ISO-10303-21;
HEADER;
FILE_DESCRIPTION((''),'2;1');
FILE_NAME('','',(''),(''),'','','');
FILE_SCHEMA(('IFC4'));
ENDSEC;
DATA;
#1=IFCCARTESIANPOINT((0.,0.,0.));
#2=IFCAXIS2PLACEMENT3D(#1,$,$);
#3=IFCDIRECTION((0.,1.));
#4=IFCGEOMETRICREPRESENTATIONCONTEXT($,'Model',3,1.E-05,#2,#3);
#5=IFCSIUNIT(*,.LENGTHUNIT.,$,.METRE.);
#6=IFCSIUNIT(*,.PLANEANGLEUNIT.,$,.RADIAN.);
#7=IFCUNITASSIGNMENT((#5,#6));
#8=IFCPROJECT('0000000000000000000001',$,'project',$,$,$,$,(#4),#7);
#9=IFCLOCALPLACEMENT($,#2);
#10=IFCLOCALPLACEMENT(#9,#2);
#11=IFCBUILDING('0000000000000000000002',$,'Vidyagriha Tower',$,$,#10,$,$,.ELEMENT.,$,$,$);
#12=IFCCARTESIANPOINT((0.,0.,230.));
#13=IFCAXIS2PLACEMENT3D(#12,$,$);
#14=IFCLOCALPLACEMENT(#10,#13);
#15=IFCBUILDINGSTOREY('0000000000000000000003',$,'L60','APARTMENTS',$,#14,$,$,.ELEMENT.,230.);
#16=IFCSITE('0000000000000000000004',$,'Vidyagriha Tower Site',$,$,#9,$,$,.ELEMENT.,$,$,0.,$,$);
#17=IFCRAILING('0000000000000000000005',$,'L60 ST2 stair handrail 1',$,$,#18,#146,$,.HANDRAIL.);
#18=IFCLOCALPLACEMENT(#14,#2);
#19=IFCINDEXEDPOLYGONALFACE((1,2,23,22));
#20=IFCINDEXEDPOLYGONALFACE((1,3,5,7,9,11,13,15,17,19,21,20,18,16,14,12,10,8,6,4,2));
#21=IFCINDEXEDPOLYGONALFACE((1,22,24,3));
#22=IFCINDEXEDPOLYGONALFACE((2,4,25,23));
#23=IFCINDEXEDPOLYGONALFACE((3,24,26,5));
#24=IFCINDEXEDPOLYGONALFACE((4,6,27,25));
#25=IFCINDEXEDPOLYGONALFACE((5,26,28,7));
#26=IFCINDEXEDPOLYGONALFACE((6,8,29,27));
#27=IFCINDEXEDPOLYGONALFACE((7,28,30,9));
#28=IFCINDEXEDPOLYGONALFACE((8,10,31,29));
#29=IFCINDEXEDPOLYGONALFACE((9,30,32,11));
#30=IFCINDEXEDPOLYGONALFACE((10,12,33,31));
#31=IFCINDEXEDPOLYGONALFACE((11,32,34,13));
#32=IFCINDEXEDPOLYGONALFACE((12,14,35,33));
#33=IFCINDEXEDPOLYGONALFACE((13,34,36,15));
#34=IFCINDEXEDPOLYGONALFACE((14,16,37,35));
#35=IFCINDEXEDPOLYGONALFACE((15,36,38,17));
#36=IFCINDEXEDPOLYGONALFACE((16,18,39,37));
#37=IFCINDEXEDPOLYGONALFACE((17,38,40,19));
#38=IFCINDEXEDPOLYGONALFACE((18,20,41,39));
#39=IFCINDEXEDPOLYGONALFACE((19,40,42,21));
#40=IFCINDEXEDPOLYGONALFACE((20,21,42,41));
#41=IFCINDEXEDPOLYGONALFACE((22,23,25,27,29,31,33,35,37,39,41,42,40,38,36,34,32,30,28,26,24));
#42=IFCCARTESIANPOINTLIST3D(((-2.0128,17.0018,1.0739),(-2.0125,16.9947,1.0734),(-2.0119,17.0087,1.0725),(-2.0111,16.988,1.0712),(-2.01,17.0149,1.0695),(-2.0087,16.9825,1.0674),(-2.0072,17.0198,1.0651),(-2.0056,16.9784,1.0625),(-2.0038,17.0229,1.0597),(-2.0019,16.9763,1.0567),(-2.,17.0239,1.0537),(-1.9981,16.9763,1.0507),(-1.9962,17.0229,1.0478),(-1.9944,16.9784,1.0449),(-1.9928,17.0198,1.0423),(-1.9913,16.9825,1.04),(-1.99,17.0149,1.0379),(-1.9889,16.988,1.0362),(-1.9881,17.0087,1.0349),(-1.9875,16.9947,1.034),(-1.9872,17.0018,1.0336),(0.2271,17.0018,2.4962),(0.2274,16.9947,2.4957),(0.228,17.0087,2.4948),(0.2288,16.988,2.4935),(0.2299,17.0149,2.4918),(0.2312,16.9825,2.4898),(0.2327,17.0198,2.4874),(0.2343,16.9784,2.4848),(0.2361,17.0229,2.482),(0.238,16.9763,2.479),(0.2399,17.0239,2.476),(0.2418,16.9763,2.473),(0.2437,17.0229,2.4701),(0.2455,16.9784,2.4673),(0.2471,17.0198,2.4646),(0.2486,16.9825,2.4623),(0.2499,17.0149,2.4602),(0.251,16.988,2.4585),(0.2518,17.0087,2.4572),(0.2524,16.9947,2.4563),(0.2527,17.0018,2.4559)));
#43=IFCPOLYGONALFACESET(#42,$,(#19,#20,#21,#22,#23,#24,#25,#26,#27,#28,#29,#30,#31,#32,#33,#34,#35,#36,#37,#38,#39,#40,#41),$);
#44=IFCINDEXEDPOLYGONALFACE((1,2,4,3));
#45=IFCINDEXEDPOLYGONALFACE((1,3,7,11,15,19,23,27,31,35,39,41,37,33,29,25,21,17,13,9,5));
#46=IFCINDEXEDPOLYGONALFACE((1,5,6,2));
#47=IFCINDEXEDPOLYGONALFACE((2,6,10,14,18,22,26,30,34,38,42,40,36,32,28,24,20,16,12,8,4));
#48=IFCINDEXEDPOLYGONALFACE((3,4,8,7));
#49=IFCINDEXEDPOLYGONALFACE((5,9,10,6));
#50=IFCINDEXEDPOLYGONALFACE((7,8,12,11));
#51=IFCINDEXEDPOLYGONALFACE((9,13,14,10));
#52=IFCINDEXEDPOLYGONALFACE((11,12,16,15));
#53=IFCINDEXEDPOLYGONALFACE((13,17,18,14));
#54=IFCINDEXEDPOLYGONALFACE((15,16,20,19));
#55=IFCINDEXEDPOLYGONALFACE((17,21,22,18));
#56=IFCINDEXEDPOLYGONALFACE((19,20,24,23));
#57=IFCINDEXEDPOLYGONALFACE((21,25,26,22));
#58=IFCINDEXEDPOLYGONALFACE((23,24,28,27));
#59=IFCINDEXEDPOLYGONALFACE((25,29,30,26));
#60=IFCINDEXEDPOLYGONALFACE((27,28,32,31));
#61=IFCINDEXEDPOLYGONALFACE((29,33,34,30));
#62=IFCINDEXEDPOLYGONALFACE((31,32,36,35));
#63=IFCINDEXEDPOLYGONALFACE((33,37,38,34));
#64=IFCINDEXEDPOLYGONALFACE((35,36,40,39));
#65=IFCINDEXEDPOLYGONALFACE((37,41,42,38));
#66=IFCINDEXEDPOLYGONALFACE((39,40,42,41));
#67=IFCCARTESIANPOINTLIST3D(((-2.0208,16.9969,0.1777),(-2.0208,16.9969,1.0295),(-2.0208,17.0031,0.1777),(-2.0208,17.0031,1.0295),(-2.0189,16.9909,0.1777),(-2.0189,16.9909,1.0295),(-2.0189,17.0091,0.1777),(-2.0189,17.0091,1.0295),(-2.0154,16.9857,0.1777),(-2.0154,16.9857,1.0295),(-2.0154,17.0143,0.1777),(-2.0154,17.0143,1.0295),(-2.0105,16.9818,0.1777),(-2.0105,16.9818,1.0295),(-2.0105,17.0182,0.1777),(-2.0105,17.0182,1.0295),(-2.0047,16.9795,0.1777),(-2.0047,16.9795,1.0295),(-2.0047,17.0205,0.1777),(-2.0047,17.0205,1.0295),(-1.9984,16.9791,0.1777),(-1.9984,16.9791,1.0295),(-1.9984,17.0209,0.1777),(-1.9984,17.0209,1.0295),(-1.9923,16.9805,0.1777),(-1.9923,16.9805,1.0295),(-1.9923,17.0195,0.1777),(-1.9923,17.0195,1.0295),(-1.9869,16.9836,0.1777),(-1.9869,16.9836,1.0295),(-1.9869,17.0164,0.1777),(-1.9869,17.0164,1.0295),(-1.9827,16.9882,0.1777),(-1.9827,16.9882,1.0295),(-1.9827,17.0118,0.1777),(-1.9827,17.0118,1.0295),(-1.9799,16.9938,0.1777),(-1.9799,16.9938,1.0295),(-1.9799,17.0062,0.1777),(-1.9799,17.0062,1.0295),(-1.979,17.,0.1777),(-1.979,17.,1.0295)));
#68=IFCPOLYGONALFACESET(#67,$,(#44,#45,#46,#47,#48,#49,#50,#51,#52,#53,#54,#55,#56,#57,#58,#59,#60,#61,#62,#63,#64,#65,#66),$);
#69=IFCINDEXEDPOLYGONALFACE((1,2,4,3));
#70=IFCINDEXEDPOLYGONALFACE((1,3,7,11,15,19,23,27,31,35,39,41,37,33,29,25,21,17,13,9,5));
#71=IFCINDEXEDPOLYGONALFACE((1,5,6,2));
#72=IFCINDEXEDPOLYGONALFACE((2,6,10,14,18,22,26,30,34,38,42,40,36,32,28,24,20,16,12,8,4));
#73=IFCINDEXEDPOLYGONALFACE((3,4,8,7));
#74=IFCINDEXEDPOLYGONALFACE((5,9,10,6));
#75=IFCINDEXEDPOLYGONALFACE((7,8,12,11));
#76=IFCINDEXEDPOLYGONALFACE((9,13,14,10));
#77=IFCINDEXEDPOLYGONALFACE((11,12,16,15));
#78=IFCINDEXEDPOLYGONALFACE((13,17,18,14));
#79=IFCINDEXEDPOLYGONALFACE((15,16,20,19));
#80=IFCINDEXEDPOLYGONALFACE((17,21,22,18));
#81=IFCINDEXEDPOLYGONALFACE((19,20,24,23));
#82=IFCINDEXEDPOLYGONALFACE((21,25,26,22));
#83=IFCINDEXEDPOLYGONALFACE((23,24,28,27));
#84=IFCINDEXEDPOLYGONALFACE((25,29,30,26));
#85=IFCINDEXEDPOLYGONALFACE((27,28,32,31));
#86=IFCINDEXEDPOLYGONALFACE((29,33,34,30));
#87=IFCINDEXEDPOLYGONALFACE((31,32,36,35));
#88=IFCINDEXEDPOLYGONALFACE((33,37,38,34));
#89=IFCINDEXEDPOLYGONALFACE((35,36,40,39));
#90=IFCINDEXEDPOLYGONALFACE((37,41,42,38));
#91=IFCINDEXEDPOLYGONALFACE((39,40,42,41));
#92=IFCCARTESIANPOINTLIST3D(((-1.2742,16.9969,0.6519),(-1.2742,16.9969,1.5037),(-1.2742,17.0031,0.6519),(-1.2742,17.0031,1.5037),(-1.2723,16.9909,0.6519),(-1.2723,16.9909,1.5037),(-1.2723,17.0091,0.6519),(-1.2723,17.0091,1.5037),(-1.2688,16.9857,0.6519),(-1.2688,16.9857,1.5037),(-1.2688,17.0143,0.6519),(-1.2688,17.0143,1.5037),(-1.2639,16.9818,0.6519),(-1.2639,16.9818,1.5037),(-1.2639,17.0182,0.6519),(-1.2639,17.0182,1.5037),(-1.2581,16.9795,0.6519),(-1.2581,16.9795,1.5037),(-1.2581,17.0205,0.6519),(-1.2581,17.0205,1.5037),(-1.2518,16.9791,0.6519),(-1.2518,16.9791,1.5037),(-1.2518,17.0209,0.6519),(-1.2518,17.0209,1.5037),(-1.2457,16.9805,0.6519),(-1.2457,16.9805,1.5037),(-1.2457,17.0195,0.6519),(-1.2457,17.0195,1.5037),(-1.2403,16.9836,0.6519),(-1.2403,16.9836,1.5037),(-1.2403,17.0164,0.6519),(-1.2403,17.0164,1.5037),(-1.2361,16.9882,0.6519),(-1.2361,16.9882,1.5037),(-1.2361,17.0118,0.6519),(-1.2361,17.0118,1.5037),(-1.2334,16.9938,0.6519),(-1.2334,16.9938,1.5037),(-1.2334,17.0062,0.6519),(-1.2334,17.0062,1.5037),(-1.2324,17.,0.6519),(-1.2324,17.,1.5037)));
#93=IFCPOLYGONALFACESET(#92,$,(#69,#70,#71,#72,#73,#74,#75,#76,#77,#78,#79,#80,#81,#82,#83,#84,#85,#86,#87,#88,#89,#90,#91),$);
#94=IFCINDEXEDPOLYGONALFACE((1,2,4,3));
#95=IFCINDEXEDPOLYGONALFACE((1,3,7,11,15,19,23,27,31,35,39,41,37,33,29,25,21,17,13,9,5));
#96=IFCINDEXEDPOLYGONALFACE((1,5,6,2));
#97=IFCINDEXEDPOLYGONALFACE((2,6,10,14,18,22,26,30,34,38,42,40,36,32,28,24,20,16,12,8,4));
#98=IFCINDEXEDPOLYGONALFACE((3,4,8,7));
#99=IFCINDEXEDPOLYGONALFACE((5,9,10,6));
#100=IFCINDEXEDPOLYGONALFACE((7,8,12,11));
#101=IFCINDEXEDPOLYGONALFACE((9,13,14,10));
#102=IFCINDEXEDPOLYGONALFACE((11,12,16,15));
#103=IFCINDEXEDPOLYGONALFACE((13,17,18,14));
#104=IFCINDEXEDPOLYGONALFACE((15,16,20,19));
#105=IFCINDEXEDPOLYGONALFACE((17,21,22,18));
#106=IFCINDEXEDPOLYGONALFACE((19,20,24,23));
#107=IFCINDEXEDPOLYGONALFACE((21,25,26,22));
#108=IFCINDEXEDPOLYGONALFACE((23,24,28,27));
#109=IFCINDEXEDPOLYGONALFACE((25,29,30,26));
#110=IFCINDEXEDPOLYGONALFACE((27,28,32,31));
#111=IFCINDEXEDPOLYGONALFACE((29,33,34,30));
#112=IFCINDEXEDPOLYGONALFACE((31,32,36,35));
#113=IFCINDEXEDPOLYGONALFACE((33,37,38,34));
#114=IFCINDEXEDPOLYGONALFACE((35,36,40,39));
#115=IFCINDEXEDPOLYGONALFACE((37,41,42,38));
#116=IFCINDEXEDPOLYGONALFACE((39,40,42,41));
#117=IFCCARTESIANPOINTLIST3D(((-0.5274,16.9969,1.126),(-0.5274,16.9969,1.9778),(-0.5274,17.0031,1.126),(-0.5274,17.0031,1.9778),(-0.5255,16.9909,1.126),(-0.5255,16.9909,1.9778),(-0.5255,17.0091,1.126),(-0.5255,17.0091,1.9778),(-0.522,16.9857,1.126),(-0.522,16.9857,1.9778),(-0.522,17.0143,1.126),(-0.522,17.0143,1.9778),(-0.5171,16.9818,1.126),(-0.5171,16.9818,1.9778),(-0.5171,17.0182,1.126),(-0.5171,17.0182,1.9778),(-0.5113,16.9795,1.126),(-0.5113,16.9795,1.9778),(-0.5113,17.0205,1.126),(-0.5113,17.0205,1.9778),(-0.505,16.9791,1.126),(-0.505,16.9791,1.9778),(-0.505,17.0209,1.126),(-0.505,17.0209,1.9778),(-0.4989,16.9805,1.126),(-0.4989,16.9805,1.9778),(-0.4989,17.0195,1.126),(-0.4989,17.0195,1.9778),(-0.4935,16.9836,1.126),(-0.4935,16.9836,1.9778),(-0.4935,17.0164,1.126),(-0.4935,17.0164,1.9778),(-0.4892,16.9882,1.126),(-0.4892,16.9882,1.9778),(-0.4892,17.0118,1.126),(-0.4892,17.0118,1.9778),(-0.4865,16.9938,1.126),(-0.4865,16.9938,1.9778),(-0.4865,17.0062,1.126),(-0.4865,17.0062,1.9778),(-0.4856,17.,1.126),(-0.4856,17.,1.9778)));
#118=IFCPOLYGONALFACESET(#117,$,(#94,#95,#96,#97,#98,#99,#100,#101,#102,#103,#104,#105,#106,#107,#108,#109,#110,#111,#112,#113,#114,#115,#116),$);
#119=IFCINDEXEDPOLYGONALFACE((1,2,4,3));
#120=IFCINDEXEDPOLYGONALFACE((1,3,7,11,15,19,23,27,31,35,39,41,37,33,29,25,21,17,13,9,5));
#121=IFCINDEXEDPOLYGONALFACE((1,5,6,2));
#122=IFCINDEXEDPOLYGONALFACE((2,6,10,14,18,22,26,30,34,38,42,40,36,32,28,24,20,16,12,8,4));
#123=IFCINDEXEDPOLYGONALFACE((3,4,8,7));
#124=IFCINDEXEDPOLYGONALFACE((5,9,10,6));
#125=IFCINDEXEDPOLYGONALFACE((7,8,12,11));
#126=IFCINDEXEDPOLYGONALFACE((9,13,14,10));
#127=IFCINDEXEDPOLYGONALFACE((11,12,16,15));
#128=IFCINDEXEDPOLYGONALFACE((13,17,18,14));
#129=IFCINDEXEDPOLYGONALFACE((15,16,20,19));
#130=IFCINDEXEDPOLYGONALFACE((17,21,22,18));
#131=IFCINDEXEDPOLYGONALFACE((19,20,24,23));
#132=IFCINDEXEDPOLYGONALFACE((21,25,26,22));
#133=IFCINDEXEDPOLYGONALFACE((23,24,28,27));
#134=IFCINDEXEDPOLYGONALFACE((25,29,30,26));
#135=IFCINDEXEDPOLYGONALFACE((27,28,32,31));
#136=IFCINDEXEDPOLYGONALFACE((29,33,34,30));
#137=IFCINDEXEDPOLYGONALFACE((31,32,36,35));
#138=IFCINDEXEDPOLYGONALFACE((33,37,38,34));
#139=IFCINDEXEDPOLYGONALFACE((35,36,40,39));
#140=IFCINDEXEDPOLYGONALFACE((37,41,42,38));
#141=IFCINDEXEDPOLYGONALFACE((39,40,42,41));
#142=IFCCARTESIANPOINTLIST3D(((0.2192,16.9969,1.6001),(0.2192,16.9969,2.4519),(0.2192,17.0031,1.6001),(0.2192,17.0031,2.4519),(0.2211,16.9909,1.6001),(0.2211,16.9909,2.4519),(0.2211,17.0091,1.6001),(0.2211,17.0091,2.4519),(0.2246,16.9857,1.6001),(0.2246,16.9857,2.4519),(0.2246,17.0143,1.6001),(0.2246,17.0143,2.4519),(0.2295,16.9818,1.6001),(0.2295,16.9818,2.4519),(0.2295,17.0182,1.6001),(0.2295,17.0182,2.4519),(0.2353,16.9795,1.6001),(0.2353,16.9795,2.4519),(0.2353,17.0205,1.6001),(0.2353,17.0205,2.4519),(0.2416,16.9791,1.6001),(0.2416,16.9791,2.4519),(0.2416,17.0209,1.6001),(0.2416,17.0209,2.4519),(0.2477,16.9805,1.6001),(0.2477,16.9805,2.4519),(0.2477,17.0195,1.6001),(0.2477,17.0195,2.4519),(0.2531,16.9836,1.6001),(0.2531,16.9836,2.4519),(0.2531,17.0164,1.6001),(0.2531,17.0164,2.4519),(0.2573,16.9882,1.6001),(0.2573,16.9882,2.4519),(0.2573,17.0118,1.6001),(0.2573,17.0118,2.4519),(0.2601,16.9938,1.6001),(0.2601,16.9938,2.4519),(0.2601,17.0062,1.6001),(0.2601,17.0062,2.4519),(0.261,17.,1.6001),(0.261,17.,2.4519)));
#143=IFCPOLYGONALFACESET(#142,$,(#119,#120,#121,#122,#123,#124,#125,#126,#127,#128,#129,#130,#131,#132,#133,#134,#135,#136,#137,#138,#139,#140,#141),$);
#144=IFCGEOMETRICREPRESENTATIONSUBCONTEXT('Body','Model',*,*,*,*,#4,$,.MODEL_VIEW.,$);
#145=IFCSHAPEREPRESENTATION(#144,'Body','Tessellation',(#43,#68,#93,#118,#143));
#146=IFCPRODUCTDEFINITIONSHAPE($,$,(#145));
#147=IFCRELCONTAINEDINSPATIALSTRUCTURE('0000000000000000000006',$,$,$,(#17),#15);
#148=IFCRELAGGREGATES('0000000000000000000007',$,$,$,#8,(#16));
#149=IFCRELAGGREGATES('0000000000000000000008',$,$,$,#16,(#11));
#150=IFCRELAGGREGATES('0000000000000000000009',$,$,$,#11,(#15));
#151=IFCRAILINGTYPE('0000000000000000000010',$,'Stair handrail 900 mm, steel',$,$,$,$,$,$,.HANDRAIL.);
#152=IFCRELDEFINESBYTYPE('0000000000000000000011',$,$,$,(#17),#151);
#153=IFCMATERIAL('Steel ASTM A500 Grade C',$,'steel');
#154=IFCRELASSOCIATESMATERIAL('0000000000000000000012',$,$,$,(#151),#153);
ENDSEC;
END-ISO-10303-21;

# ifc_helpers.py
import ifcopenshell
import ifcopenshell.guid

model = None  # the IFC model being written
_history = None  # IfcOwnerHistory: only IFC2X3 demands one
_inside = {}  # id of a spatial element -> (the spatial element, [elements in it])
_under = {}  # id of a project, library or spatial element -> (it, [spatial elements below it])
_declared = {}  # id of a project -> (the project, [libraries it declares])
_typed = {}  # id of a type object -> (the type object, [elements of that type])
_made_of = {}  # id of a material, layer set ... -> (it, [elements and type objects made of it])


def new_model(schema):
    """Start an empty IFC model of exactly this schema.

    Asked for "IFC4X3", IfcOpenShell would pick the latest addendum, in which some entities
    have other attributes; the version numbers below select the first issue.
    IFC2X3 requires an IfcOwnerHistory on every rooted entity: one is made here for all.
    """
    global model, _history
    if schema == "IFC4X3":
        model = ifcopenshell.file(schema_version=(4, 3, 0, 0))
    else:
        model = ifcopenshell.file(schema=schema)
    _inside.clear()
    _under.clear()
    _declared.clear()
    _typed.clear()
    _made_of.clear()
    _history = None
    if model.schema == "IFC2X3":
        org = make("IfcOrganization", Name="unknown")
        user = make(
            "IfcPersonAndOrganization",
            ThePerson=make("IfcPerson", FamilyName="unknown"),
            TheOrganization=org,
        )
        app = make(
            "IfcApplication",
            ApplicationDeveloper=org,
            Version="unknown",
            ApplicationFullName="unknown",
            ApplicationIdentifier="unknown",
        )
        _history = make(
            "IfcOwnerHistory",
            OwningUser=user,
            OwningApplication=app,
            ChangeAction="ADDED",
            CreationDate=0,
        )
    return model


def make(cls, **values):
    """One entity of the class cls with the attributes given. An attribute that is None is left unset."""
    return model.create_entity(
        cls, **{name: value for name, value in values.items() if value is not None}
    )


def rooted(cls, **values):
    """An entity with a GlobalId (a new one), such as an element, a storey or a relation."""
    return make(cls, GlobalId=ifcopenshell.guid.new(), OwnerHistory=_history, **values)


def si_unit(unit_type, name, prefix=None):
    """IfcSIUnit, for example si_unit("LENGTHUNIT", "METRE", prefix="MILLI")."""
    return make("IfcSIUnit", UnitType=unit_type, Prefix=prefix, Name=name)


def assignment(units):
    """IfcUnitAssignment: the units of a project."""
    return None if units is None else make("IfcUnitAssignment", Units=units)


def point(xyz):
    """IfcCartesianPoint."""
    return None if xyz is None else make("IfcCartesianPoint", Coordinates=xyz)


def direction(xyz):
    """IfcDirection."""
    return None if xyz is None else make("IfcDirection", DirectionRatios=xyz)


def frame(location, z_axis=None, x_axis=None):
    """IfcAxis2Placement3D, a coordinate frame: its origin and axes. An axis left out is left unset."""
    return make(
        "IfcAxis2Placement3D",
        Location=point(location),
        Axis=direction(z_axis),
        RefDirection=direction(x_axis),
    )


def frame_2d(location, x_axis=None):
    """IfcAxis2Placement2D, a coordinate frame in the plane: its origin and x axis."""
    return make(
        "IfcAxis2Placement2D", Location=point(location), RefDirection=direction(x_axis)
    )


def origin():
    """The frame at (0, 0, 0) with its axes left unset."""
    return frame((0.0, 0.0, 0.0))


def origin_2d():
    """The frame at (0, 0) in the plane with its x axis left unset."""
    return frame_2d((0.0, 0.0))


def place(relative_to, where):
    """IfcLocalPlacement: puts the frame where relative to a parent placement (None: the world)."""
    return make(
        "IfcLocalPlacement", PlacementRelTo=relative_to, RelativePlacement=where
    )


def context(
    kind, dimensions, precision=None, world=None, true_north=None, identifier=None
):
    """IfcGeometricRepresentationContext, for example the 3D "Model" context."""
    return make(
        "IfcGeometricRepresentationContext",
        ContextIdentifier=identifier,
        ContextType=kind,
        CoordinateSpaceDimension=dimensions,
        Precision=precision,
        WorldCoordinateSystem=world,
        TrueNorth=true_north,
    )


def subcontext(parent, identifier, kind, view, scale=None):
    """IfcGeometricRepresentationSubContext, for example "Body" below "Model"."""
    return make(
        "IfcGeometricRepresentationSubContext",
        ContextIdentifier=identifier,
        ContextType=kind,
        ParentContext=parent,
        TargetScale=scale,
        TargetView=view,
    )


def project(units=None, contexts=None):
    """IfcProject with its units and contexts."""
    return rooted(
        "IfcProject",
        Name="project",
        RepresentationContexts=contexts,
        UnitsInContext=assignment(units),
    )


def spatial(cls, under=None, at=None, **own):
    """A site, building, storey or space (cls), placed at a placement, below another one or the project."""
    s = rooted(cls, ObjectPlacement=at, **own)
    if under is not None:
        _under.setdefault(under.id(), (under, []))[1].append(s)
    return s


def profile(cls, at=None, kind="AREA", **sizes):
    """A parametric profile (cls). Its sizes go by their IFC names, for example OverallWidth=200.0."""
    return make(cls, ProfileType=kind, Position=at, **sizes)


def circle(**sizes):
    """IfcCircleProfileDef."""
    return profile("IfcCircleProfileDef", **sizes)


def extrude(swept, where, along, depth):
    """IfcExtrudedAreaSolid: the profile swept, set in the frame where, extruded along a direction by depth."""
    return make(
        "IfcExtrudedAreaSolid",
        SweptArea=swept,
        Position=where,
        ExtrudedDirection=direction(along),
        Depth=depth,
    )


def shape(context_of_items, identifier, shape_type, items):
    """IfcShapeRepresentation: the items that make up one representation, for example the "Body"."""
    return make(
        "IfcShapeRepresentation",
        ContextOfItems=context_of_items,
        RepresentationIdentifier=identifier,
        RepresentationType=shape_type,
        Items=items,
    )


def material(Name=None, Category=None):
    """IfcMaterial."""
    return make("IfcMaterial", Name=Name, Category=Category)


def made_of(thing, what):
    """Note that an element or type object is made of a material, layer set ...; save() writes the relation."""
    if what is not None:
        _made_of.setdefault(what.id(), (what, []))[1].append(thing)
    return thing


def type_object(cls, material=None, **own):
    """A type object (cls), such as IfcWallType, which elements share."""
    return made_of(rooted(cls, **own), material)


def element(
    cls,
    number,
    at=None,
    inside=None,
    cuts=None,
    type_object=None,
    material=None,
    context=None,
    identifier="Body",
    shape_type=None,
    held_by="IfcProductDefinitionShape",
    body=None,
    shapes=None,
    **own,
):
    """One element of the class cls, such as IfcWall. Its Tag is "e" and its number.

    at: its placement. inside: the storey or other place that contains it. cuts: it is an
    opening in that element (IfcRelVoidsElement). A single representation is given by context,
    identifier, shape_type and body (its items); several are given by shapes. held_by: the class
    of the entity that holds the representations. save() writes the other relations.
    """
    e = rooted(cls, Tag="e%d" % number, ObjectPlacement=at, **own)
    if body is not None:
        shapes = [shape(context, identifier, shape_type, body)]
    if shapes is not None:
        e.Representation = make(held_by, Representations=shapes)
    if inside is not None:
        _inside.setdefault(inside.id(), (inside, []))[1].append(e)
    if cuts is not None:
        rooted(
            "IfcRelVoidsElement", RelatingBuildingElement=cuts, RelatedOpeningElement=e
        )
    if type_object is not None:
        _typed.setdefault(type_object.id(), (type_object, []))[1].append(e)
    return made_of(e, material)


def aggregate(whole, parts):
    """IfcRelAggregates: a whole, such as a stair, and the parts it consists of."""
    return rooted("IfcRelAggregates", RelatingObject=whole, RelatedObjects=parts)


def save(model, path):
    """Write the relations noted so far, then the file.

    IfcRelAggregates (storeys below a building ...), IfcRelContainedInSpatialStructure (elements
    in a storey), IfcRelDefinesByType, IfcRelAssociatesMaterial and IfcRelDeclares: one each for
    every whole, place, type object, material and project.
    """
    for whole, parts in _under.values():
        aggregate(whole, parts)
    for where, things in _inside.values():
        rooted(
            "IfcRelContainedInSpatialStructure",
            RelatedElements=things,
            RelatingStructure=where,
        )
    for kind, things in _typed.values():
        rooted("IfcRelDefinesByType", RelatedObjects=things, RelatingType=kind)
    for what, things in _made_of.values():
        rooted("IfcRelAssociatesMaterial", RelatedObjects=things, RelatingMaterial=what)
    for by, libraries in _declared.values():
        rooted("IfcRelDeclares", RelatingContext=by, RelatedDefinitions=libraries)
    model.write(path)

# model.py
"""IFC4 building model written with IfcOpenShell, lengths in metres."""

from ifc_helpers import new_model, si_unit, direction, frame, origin, origin_2d, place, context, subcontext, project, spatial, circle, extrude, material, type_object, element, save


model = new_model("IFC4")

# Units and contexts
model_context = context("Model", 3, precision=1e-05, world=origin(), true_north=direction((0.0, 1.0)))
body_context = subcontext(model_context, "Body", "Model", "MODEL_VIEW")
ifc_project = project(units=[si_unit("LENGTHUNIT", "METRE"), si_unit("PLANEANGLEUNIT", "RADIAN")], contexts=[model_context])

# Site, building, storey
site_placement = place(None, origin())
site = spatial("IfcSite", under=ifc_project, at=site_placement, Name="Vidyagriha Tower Site", CompositionType="ELEMENT", RefElevation=0.0)
building_placement = place(site_placement, origin())
building = spatial("IfcBuilding", under=site, at=building_placement, Name="Vidyagriha Tower", CompositionType="ELEMENT")
storey_placement = place(building_placement, frame((0.0, 0.0, 230.0)))
storey = spatial("IfcBuildingStorey", under=building, at=storey_placement, Name="L60", Description="APARTMENTS", CompositionType="ELEMENT", Elevation=230.0)

# Railing
ifc_material_1 = material(Name="Steel ASTM A500 Grade C", Category="steel")
railing_type_1 = type_object("IfcRailingType", Name="Stair handrail 900 mm, steel", PredefinedType="HANDRAIL", material=ifc_material_1)
railing_1_placement = place(storey_placement, frame((-2.0, 17.0, 0.1777)))
element("IfcRailing", 1, at=railing_1_placement, inside=storey, type_object=railing_type_1, Name="L60 ST2 stair handrail 1", PredefinedType="HANDRAIL", context=body_context, shape_type="SweptSolid", body=[
    extrude(circle(Radius=0.0239, at=origin_2d()), frame((0.0, 0.0, 0.876), z_axis=(0.844188, 0.0, 0.536048), x_axis=(0.0, 1.0, 0.0)), (0.0, 0.0, 1.0), 2.6533),
    extrude(circle(Radius=0.021, at=origin_2d()), origin(), (0.0, 0.0, 1.0), 0.8518),
    extrude(circle(Radius=0.021, at=origin_2d()), frame((0.7466, 0.0, 0.4741)), (0.0, 0.0, 1.0), 0.8518),
    extrude(circle(Radius=0.021, at=origin_2d()), frame((1.4934, 0.0, 0.9482)), (0.0, 0.0, 1.0), 0.8518),
    extrude(circle(Radius=0.021, at=origin_2d()), frame((2.24, 0.0, 1.4224)), (0.0, 0.0, 1.0), 0.8518),
])

save(model, "model.ifc")
